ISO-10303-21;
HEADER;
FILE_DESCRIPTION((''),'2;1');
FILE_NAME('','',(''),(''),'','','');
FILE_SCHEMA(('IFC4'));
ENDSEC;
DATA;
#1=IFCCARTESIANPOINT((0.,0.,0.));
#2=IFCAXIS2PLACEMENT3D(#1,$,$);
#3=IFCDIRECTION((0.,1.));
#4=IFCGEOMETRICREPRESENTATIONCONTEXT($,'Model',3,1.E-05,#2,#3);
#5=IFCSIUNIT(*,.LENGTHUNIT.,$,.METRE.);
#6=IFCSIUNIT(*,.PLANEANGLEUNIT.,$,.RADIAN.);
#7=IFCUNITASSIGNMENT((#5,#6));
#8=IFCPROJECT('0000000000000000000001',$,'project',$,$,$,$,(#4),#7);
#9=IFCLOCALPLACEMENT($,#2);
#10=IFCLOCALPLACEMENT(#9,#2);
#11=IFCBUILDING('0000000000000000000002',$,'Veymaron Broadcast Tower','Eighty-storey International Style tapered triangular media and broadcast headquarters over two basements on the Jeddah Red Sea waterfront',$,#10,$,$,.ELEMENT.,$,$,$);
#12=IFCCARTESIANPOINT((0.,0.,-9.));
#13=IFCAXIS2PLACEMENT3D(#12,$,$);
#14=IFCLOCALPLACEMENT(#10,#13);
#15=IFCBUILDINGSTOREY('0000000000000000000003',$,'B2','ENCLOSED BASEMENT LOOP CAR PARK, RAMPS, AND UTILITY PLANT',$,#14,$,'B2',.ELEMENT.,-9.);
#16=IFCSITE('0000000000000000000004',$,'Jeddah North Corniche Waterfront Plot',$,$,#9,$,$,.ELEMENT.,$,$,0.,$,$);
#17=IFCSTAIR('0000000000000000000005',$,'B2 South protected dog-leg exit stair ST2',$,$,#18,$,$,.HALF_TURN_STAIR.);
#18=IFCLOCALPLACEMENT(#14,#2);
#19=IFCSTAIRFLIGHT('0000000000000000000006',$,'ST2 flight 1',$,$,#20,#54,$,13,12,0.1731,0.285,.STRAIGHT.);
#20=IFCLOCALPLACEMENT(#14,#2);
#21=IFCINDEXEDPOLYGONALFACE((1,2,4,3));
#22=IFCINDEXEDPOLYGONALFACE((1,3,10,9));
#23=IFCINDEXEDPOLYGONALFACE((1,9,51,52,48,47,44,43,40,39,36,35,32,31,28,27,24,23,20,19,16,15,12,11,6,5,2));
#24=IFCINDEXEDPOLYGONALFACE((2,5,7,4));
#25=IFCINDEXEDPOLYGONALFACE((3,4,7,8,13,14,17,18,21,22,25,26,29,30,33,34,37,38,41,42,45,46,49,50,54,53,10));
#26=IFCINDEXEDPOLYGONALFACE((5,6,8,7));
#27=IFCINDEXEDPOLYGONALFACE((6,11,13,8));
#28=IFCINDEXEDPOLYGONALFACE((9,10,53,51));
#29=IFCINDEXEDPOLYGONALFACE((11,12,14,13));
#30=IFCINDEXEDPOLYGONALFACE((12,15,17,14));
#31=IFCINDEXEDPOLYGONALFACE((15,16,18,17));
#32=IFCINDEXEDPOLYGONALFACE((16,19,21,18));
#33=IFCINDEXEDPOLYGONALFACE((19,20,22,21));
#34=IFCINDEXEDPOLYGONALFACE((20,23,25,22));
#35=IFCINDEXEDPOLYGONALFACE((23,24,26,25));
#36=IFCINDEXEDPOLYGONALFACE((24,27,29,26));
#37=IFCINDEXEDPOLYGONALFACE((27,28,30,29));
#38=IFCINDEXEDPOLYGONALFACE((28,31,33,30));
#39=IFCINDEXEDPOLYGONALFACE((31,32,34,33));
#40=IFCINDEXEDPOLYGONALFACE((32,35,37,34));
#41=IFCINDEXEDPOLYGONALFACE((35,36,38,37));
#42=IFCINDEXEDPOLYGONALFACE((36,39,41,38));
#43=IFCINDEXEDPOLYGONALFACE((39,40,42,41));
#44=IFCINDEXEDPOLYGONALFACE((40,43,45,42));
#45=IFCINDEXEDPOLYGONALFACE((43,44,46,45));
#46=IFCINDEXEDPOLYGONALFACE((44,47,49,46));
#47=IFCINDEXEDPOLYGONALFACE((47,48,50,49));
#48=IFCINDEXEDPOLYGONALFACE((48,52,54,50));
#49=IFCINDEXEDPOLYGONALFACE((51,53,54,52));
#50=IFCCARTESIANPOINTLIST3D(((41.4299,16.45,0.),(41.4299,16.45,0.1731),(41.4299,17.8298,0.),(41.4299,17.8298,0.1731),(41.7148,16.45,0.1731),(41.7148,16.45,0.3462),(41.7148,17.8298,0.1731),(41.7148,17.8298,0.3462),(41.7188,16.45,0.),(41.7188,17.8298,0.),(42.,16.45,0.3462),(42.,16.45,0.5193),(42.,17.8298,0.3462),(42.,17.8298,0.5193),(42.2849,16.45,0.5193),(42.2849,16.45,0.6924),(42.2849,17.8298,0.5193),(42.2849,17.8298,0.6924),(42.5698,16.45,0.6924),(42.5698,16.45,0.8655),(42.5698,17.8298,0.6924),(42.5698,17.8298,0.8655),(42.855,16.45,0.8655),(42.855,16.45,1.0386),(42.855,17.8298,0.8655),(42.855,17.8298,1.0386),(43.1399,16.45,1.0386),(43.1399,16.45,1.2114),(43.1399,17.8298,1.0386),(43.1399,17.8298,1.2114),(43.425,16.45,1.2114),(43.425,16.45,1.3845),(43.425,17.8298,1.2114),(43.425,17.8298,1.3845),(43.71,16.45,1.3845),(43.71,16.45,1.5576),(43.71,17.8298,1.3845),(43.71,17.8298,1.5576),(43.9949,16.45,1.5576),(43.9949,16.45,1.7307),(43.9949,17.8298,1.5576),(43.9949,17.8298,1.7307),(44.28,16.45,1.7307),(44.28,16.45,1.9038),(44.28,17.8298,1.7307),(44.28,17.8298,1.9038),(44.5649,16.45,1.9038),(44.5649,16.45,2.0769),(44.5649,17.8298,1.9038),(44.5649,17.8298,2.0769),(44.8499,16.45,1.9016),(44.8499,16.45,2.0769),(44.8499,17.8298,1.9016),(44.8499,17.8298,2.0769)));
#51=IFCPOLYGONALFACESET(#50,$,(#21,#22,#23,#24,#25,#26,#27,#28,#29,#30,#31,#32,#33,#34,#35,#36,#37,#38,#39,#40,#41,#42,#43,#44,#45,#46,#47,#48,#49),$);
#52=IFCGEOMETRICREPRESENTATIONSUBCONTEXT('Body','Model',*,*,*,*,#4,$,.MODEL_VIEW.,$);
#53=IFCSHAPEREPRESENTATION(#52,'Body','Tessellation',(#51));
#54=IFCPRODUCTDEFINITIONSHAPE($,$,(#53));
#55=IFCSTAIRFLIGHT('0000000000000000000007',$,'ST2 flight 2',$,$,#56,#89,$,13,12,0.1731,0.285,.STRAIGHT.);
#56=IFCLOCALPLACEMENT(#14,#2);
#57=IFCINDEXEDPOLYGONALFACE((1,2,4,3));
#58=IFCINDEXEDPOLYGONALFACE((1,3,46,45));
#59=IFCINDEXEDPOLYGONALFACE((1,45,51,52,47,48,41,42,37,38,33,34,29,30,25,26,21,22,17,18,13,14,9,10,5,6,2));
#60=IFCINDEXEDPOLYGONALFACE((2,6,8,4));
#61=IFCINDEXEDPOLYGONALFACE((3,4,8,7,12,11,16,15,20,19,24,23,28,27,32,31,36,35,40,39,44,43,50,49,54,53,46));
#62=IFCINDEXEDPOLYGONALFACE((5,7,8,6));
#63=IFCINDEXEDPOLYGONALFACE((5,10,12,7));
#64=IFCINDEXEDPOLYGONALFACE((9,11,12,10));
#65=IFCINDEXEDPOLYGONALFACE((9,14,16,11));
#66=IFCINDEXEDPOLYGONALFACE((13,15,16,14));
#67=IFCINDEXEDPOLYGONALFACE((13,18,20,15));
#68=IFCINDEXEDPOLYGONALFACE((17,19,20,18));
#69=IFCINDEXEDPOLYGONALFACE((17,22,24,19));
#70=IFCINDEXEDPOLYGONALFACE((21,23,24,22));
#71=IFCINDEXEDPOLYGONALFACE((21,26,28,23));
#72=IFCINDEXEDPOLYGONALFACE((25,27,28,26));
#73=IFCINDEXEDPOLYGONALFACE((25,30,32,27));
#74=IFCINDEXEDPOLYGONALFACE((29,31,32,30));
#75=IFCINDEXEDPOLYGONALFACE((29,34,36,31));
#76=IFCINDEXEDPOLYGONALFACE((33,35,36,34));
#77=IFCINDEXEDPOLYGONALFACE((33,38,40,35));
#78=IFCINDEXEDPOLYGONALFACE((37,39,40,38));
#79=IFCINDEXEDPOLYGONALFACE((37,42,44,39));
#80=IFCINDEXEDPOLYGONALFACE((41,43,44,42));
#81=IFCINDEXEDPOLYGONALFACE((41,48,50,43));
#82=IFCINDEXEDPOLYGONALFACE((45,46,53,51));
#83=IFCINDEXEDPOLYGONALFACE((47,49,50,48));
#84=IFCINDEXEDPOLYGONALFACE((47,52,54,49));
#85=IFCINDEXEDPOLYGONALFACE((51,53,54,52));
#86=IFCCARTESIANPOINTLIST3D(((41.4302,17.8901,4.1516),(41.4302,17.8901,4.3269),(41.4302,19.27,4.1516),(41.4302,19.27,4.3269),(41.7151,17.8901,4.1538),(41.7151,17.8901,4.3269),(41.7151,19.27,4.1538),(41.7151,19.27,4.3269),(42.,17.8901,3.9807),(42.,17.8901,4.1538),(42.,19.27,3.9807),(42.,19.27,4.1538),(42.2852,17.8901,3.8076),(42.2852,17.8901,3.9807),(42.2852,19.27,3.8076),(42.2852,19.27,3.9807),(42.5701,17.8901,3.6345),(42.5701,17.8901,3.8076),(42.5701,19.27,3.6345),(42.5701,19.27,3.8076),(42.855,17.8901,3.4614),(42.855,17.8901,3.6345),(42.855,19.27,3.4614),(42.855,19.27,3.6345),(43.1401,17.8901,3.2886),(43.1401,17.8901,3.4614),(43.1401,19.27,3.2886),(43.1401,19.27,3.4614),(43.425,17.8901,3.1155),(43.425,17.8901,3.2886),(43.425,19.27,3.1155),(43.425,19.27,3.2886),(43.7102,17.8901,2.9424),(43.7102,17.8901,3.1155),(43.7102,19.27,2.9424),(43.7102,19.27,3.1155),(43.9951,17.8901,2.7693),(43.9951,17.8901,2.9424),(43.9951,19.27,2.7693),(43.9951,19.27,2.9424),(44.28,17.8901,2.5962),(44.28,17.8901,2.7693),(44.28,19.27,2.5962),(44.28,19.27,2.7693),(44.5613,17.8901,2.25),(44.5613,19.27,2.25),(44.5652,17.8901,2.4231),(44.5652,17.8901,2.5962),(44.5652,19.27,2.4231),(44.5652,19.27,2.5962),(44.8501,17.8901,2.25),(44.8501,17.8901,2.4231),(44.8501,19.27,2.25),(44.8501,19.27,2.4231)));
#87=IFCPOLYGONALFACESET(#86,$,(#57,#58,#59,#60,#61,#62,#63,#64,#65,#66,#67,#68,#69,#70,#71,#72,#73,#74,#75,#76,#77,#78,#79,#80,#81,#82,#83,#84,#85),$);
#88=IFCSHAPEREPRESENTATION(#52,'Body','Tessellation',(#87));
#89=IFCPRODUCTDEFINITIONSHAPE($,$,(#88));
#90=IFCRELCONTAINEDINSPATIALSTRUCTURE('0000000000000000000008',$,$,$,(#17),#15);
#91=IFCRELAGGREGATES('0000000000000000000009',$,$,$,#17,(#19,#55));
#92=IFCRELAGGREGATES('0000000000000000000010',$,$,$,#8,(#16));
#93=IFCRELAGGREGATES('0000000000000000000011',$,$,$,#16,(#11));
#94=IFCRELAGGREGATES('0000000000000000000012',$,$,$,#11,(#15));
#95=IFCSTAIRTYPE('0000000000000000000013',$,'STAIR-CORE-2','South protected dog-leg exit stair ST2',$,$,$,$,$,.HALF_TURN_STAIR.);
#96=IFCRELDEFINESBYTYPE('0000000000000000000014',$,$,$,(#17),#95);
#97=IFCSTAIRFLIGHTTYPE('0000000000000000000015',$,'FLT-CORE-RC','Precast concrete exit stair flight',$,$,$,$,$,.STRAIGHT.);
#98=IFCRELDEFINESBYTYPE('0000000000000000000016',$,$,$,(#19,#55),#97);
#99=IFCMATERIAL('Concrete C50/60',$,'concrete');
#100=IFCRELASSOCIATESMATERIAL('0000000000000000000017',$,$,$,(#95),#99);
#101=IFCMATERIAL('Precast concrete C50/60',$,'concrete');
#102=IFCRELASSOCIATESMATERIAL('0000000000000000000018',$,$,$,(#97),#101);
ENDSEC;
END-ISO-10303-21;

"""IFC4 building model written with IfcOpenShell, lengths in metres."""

from ifc_helpers import new_model, si_unit, direction, frame, origin, place, context, subcontext, project, spatial, polyline, outline, extrude, material, type_object, element, aggregate, save


model = new_model("IFC4")

# Units and contexts
model_context = context("Model", 3, precision=1e-05, world=origin(), true_north=direction((0.0, 1.0)))
body_context = subcontext(model_context, "Body", "Model", "MODEL_VIEW")
ifc_project = project(units=[si_unit("LENGTHUNIT", "METRE"), si_unit("PLANEANGLEUNIT", "RADIAN")], contexts=[model_context])

# Site, building, storey
site_placement = place(None, origin())
site = spatial("IfcSite", under=ifc_project, at=site_placement, Name="Jeddah North Corniche Waterfront Plot", CompositionType="ELEMENT", RefElevation=0.0)
building_placement = place(site_placement, origin())
building = spatial("IfcBuilding", under=site, at=building_placement, Name="Veymaron Broadcast Tower", Description="Eighty-storey International Style tapered triangular media and broadcast headquarters over two basements on the Jeddah Red Sea waterfront", CompositionType="ELEMENT")
storey_placement = place(building_placement, frame((0.0, 0.0, -9.0)))
storey = spatial("IfcBuildingStorey", under=building, at=storey_placement, Name="B2", Description="ENCLOSED BASEMENT LOOP CAR PARK, RAMPS, AND UTILITY PLANT", LongName="B2", CompositionType="ELEMENT", Elevation=-9.0)

# Shared definitions
ifc_material_1 = material(Name="Concrete C50/60", Category="concrete")

# Stair, stair flights
stair_type = type_object("IfcStairType", Name="STAIR-CORE-2", Description="South protected dog-leg exit stair ST2", PredefinedType="HALF_TURN_STAIR", material=ifc_material_1)
stair_placement = place(storey_placement, origin())
stair = element("IfcStair", 1, at=stair_placement, inside=storey, type_object=stair_type, Name="B2 South protected dog-leg exit stair ST2", PredefinedType="HALF_TURN_STAIR")
ifc_material_2 = material(Name="Precast concrete C50/60", Category="concrete")
stair_flight_type = type_object("IfcStairFlightType", Name="FLT-CORE-RC", Description="Precast concrete exit stair flight", PredefinedType="STRAIGHT", material=ifc_material_2)
stair_flight_1_placement = place(storey_placement, frame((41.4299, 17.1399, 0.0), z_axis=(0.0, 0.0, 1.0), x_axis=(1.0, 0.0, 0.0)))
stair_flight_1 = element("IfcStairFlight", 2, at=stair_flight_1_placement, type_object=stair_flight_type, Name="ST2 flight 1", NumberOfRisers=13, NumberOfTreads=12, PredefinedType="STRAIGHT", RiserHeight=0.1731, TreadLength=0.285, context=body_context, shape_type="SweptSolid", body=[
    extrude(outline(polyline([(0.0, 0.0), (0.0, 0.1731), (0.2849, 0.1731), (0.2849, 0.3462), (0.5701, 0.3462), (0.5701, 0.5193), (0.855, 0.5193), (0.855, 0.6924), (1.1399, 0.6924), (1.1399, 0.8655), (1.425, 0.8655), (1.425, 1.0386), (1.71, 1.0386), (1.71, 1.2114), (1.9951, 1.2114), (1.9951, 1.3845), (2.28, 1.3845), (2.28, 1.5576), (2.5649, 1.5576), (2.5649, 1.7307), (2.8501, 1.7307), (2.8501, 1.9038), (3.135, 1.9038), (3.135, 2.0769), (3.4199, 2.0769), (3.4199, 2.25), (3.4199, 1.9016), (0.2888, 0.0), (0.0, 0.0)])), frame((0.0, 0.6899, 0.0), z_axis=(0.0, -1.0, 0.0), x_axis=(1.0, 0.0, 0.0)), (0.0, 0.0, 1.0), 1.3799),
])
stair_flight_2_placement = place(storey_placement, frame((44.8501, 18.5801, 2.25), z_axis=(0.0, 0.0, 1.0), x_axis=(-1.0, 0.0, 0.0)))
stair_flight_2 = element("IfcStairFlight", 3, at=stair_flight_2_placement, type_object=stair_flight_type, Name="ST2 flight 2", NumberOfRisers=13, NumberOfTreads=12, PredefinedType="STRAIGHT", RiserHeight=0.1731, TreadLength=0.285, context=body_context, shape_type="SweptSolid", body=[
    extrude(outline(polyline([(0.0, 0.0), (0.0, 0.1731), (0.2849, 0.1731), (0.2849, 0.3462), (0.5701, 0.3462), (0.5701, 0.5193), (0.855, 0.5193), (0.855, 0.6924), (1.1399, 0.6924), (1.1399, 0.8655), (1.425, 0.8655), (1.425, 1.0386), (1.71, 1.0386), (1.71, 1.2114), (1.9951, 1.2114), (1.9951, 1.3845), (2.28, 1.3845), (2.28, 1.5576), (2.5649, 1.5576), (2.5649, 1.7307), (2.8501, 1.7307), (2.8501, 1.9038), (3.135, 1.9038), (3.135, 2.0769), (3.4199, 2.0769), (3.4199, 2.25), (3.4199, 1.9016), (0.2888, 0.0), (0.0, 0.0)])), frame((0.0, 0.6899, 0.0), z_axis=(0.0, -1.0, 0.0), x_axis=(1.0, 0.0, 0.0)), (0.0, 0.0, 1.0), 1.3799),
])
aggregate(stair, [stair_flight_1, stair_flight_2])

save(model, "model.ifc")
